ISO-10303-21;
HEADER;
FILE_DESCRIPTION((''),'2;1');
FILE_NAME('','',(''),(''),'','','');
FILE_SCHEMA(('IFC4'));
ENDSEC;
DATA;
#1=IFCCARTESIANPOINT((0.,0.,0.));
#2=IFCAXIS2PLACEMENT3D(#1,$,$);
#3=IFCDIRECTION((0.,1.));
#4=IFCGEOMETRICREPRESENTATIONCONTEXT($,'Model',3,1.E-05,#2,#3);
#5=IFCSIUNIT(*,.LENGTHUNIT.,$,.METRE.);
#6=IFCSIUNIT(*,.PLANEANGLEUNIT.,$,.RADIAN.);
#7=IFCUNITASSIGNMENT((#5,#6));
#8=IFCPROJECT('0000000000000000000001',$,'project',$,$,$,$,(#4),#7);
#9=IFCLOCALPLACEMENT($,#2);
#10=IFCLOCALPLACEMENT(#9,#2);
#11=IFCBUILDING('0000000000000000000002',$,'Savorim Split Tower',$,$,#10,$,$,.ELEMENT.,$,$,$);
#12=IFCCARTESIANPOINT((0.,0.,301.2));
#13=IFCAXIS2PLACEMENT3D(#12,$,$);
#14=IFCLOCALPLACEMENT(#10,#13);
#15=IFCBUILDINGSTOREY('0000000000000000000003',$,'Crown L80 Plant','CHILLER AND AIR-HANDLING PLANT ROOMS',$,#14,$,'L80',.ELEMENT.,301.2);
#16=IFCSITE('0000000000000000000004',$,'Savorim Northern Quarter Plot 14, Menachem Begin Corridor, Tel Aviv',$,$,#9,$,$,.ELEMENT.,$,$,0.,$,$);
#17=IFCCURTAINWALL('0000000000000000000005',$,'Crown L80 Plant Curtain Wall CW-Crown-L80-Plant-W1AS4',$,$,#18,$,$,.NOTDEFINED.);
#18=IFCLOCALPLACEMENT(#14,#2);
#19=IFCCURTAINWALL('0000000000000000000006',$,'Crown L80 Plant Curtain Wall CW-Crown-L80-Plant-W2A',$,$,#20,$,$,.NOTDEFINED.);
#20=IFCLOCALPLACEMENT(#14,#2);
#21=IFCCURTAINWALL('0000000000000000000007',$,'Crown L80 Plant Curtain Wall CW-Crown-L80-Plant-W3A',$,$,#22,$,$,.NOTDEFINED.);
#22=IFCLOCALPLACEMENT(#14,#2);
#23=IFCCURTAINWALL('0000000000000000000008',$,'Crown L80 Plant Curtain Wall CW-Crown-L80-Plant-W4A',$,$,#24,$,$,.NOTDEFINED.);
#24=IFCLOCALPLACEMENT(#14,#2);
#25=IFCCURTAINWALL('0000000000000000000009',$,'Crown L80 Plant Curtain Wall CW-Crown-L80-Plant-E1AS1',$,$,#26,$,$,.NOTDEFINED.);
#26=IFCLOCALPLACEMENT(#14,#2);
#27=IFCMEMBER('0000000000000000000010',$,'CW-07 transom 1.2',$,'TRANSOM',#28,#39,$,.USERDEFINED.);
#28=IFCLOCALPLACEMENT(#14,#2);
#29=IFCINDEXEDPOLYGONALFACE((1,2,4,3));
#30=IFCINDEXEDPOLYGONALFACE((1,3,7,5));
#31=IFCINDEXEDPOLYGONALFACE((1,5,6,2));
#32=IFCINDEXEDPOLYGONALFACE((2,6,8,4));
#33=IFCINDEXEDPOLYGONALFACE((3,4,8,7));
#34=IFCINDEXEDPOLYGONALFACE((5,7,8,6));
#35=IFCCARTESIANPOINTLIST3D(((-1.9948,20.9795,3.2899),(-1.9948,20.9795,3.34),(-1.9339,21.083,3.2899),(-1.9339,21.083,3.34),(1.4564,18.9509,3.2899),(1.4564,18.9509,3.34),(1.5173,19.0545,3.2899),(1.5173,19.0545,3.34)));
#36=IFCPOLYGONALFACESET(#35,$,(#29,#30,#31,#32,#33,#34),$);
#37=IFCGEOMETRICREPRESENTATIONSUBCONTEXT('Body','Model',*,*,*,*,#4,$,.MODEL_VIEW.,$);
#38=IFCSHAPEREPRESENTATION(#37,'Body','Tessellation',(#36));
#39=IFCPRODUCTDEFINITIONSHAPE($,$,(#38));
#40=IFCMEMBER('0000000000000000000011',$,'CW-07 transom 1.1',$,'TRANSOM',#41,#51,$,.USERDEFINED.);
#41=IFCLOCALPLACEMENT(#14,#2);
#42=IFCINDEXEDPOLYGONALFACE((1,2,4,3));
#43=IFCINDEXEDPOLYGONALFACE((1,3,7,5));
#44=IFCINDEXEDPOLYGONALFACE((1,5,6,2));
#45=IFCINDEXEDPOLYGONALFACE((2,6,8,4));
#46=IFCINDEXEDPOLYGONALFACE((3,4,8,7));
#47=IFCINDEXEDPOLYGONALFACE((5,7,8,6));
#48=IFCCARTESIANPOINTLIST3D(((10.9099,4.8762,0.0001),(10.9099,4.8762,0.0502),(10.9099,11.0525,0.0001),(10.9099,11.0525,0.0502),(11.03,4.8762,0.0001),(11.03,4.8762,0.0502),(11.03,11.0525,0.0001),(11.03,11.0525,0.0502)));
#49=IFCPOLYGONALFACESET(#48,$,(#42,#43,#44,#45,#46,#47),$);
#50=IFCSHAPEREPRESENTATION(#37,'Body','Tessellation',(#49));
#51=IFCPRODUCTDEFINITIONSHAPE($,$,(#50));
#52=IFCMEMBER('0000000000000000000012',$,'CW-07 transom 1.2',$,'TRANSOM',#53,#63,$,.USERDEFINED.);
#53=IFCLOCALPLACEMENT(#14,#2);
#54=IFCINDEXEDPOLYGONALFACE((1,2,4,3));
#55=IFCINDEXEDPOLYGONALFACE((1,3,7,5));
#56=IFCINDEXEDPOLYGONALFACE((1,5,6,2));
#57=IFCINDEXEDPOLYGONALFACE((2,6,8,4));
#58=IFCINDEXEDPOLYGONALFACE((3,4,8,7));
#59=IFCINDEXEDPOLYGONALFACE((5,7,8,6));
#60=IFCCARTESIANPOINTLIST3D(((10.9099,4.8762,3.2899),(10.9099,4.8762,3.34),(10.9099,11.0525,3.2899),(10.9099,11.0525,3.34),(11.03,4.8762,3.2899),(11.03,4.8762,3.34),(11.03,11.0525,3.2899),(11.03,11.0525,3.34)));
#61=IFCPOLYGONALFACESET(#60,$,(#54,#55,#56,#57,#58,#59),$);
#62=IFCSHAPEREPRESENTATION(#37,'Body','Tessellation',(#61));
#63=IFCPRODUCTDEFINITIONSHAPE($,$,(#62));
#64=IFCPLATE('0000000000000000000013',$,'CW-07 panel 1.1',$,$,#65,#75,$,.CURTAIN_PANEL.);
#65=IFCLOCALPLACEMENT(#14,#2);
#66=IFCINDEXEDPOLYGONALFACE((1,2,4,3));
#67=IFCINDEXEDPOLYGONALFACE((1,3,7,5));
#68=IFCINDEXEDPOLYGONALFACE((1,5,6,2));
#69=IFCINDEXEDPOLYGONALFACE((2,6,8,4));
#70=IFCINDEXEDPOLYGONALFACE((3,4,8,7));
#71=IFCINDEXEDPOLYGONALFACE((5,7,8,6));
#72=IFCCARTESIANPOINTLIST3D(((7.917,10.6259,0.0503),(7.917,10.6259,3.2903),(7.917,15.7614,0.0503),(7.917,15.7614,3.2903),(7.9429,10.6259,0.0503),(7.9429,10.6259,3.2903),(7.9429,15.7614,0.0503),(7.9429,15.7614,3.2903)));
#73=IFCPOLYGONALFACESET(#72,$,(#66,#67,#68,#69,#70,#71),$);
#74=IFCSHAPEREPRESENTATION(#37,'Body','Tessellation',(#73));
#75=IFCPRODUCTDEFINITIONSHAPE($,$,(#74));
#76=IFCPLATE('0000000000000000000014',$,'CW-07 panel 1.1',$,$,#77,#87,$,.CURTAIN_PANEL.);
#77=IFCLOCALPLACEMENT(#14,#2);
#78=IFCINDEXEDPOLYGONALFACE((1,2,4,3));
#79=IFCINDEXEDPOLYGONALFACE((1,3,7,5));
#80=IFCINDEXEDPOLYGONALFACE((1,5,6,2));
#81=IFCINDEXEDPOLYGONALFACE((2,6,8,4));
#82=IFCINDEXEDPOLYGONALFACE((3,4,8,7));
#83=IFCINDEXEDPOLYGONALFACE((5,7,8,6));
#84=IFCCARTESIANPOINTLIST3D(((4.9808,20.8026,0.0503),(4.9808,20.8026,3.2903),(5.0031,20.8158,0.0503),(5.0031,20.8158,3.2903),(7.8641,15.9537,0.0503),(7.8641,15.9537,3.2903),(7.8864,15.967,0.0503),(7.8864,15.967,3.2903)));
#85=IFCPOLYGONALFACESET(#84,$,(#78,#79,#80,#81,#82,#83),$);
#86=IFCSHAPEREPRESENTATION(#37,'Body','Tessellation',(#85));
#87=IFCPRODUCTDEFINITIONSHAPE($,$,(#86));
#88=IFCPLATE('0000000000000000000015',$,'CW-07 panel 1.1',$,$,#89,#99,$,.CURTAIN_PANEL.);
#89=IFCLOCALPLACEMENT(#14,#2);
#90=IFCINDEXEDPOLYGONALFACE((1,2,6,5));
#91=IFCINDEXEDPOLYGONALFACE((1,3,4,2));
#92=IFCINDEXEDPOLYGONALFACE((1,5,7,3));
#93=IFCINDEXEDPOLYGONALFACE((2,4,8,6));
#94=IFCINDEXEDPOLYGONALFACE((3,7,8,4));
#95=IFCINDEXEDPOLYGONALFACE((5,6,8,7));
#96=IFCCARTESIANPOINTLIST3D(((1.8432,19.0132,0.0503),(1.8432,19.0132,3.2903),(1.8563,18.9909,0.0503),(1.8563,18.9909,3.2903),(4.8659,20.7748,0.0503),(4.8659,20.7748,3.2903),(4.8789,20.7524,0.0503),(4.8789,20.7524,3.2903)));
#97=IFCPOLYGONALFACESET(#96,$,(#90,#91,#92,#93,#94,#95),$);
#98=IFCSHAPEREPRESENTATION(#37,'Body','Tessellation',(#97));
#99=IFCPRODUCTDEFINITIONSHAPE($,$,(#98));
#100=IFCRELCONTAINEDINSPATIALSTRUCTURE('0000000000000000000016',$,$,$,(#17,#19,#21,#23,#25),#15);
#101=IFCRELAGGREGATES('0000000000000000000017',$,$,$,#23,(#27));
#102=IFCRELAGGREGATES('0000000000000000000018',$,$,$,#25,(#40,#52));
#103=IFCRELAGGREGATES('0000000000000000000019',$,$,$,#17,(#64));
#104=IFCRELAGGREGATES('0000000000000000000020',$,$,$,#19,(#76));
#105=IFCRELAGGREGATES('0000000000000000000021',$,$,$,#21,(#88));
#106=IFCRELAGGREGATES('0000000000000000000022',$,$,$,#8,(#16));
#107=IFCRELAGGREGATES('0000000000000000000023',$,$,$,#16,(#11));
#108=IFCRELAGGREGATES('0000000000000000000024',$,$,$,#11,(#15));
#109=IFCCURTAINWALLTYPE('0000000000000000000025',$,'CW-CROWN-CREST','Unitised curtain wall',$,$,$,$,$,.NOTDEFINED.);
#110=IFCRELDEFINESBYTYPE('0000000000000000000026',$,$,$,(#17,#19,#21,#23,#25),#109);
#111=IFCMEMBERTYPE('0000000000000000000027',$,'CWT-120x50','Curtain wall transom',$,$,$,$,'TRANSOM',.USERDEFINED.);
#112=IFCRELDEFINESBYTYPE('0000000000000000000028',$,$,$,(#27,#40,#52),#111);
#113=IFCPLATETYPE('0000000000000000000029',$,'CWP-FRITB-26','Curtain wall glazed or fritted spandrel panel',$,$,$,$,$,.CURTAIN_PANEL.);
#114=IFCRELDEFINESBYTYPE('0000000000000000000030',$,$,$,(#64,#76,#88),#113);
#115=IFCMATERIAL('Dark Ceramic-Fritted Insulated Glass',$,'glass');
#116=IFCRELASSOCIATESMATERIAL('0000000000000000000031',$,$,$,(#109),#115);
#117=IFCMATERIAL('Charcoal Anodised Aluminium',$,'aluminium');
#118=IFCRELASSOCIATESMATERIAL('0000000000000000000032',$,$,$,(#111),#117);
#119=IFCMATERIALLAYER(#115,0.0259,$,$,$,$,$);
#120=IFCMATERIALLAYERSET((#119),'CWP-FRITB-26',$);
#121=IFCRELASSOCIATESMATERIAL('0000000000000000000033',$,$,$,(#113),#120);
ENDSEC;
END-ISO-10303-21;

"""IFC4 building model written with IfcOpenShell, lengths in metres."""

from ifc_helpers import new_model, si_unit, direction, frame, origin, origin_2d, place, context, subcontext, project, spatial, rectangle, extrude, material, layer, layer_set, material_profile, profile_set, type_object, element, aggregate, save


model = new_model("IFC4")

# Units and contexts
model_context = context("Model", 3, precision=1e-05, world=origin(), true_north=direction((0.0, 1.0)))
body_context = subcontext(model_context, "Body", "Model", "MODEL_VIEW")
ifc_project = project(units=[si_unit("LENGTHUNIT", "METRE"), si_unit("PLANEANGLEUNIT", "RADIAN")], contexts=[model_context])

# Site, building, storey
site_placement = place(None, origin())
site = spatial("IfcSite", under=ifc_project, at=site_placement, Name="Savorim Northern Quarter Plot 14, Menachem Begin Corridor, Tel Aviv", CompositionType="ELEMENT", RefElevation=0.0)
building_placement = place(site_placement, origin())
building = spatial("IfcBuilding", under=site, at=building_placement, Name="Savorim Split Tower", CompositionType="ELEMENT")
storey_placement = place(building_placement, frame((0.0, 0.0, 301.2)))
storey = spatial("IfcBuildingStorey", under=building, at=storey_placement, Name="Crown L80 Plant", Description="CHILLER AND AIR-HANDLING PLANT ROOMS", LongName="L80", CompositionType="ELEMENT", Elevation=301.2)

# Curtain wall
ifc_material_1 = material(Name="Dark Ceramic-Fritted Insulated Glass", Category="glass")
curtain_wall_type = type_object("IfcCurtainWallType", Name="CW-CROWN-CREST", Description="Unitised curtain wall", PredefinedType="NOTDEFINED", material=ifc_material_1)
curtain_wall_1_placement = place(storey_placement, origin())
curtain_wall_1 = element("IfcCurtainWall", 1, at=curtain_wall_1_placement, inside=storey, type_object=curtain_wall_type, Name="Crown L80 Plant Curtain Wall CW-Crown-L80-Plant-W1AS4", PredefinedType="NOTDEFINED")
ifc_material_2 = material(Name="Charcoal Anodised Aluminium", Category="aluminium")

# Curtain walls
curtain_wall_2_placement = place(storey_placement, origin())
curtain_wall_2 = element("IfcCurtainWall", 2, at=curtain_wall_2_placement, inside=storey, type_object=curtain_wall_type, Name="Crown L80 Plant Curtain Wall CW-Crown-L80-Plant-W2A", PredefinedType="NOTDEFINED")
curtain_wall_3_placement = place(storey_placement, origin())
curtain_wall_3 = element("IfcCurtainWall", 3, at=curtain_wall_3_placement, inside=storey, type_object=curtain_wall_type, Name="Crown L80 Plant Curtain Wall CW-Crown-L80-Plant-W3A", PredefinedType="NOTDEFINED")

# Curtain walls
curtain_wall_4_placement = place(storey_placement, origin())
curtain_wall_4 = element("IfcCurtainWall", 4, at=curtain_wall_4_placement, inside=storey, type_object=curtain_wall_type, Name="Crown L80 Plant Curtain Wall CW-Crown-L80-Plant-W4A", PredefinedType="NOTDEFINED")
curtain_wall_5_placement = place(storey_placement, origin())
curtain_wall_5 = element("IfcCurtainWall", 5, at=curtain_wall_5_placement, inside=storey, type_object=curtain_wall_type, Name="Crown L80 Plant Curtain Wall CW-Crown-L80-Plant-E1AS1", PredefinedType="NOTDEFINED")

# Members
ifc_material_profile_1 = material_profile(ifc_material_2, rectangle(XDim=0.1201, YDim=0.05, at=origin_2d()), Name="ALU-T 120x50")
ifc_profile_set_1 = profile_set([ifc_material_profile_1], Name="Charcoal Anodised Aluminium")
member_type_1 = type_object("IfcMemberType", Name="CWT-120x50", Description="Curtain wall transom", ElementType="TRANSOM", PredefinedType="USERDEFINED", material=ifc_profile_set_1)
member_1_placement = place(storey_placement, frame((1.4868, 19.0027, 3.3149), z_axis=(-0.862102, 0.506735, 0.0), x_axis=(-0.506735, -0.862102, 0.0)))
member_1 = element("IfcMember", 6, at=member_1_placement, type_object=member_type_1, Name="CW-07 transom 1.2", ObjectType="TRANSOM", PredefinedType="USERDEFINED", context=body_context, shape_type="SweptSolid", body=[
    extrude(rectangle(XDim=0.1201, YDim=0.05, at=origin_2d()), origin(), (0.0, 0.0, 1.0), 4.0032),
])
aggregate(curtain_wall_4, [member_1])
member_2_placement = place(storey_placement, frame((10.97, 11.0525, 0.0251), z_axis=(0.0, -1.0, 0.0), x_axis=(1.0, 0.0, 0.0)))
member_2 = element("IfcMember", 7, at=member_2_placement, type_object=member_type_1, Name="CW-07 transom 1.1", ObjectType="TRANSOM", PredefinedType="USERDEFINED", context=body_context, shape_type="SweptSolid", body=[
    extrude(rectangle(XDim=0.1201, YDim=0.05, at=origin_2d()), origin(), (0.0, 0.0, 1.0), 6.1763),
])
member_3_placement = place(storey_placement, frame((10.97, 11.0525, 3.3149), z_axis=(0.0, -1.0, 0.0), x_axis=(1.0, 0.0, 0.0)))
member_3 = element("IfcMember", 8, at=member_3_placement, type_object=member_type_1, Name="CW-07 transom 1.2", ObjectType="TRANSOM", PredefinedType="USERDEFINED", context=body_context, shape_type="SweptSolid", body=[
    extrude(rectangle(XDim=0.1201, YDim=0.05, at=origin_2d()), origin(), (0.0, 0.0, 1.0), 6.1763),
])
aggregate(curtain_wall_5, [member_2, member_3])

# Plates
ifc_layer = layer(ifc_material_1, 0.0259)
ifc_layer_set = layer_set([ifc_layer], Name="CWP-FRITB-26")
plate_type = type_object("IfcPlateType", Name="CWP-FRITB-26", Description="Curtain wall glazed or fritted spandrel panel", PredefinedType="CURTAIN_PANEL", material=ifc_layer_set)
plate_1_placement = place(storey_placement, frame((7.9299, 13.1936, 0.0503), z_axis=(0.0, 0.0, 1.0), x_axis=(0.0, 1.0, 0.0)))
plate_1 = element("IfcPlate", 9, at=plate_1_placement, type_object=plate_type, Name="CW-07 panel 1.1", PredefinedType="CURTAIN_PANEL", context=body_context, shape_type="SweptSolid", body=[
    extrude(rectangle(XDim=5.1355, YDim=0.0259, at=origin_2d()), origin(), (0.0, 0.0, 1.0), 3.24),
])
aggregate(curtain_wall_1, [plate_1])
plate_2_placement = place(storey_placement, frame((6.4336, 18.3848, 0.0503), z_axis=(0.0, 0.0, 1.0), x_axis=(-0.511105, 0.859519, 0.0)))
plate_2 = element("IfcPlate", 10, at=plate_2_placement, type_object=plate_type, Name="CW-07 panel 1.1", PredefinedType="CURTAIN_PANEL", context=body_context, shape_type="SweptSolid", body=[
    extrude(rectangle(XDim=5.6414, YDim=0.0259, at=origin_2d()), origin(), (0.0, 0.0, 1.0), 3.24),
])
aggregate(curtain_wall_2, [plate_2])
plate_3_placement = place(storey_placement, frame((3.3611, 19.8828, 0.0503), z_axis=(0.0, 0.0, 1.0), x_axis=(-0.863987, -0.503514, 0.0)))
plate_3 = element("IfcPlate", 11, at=plate_3_placement, type_object=plate_type, Name="CW-07 panel 1.1", PredefinedType="CURTAIN_PANEL", context=body_context, shape_type="SweptSolid", body=[
    extrude(rectangle(XDim=3.4985, YDim=0.0259, at=origin_2d()), origin(), (0.0, 0.0, 1.0), 3.24),
])
aggregate(curtain_wall_3, [plate_3])

save(model, "model.ifc")
